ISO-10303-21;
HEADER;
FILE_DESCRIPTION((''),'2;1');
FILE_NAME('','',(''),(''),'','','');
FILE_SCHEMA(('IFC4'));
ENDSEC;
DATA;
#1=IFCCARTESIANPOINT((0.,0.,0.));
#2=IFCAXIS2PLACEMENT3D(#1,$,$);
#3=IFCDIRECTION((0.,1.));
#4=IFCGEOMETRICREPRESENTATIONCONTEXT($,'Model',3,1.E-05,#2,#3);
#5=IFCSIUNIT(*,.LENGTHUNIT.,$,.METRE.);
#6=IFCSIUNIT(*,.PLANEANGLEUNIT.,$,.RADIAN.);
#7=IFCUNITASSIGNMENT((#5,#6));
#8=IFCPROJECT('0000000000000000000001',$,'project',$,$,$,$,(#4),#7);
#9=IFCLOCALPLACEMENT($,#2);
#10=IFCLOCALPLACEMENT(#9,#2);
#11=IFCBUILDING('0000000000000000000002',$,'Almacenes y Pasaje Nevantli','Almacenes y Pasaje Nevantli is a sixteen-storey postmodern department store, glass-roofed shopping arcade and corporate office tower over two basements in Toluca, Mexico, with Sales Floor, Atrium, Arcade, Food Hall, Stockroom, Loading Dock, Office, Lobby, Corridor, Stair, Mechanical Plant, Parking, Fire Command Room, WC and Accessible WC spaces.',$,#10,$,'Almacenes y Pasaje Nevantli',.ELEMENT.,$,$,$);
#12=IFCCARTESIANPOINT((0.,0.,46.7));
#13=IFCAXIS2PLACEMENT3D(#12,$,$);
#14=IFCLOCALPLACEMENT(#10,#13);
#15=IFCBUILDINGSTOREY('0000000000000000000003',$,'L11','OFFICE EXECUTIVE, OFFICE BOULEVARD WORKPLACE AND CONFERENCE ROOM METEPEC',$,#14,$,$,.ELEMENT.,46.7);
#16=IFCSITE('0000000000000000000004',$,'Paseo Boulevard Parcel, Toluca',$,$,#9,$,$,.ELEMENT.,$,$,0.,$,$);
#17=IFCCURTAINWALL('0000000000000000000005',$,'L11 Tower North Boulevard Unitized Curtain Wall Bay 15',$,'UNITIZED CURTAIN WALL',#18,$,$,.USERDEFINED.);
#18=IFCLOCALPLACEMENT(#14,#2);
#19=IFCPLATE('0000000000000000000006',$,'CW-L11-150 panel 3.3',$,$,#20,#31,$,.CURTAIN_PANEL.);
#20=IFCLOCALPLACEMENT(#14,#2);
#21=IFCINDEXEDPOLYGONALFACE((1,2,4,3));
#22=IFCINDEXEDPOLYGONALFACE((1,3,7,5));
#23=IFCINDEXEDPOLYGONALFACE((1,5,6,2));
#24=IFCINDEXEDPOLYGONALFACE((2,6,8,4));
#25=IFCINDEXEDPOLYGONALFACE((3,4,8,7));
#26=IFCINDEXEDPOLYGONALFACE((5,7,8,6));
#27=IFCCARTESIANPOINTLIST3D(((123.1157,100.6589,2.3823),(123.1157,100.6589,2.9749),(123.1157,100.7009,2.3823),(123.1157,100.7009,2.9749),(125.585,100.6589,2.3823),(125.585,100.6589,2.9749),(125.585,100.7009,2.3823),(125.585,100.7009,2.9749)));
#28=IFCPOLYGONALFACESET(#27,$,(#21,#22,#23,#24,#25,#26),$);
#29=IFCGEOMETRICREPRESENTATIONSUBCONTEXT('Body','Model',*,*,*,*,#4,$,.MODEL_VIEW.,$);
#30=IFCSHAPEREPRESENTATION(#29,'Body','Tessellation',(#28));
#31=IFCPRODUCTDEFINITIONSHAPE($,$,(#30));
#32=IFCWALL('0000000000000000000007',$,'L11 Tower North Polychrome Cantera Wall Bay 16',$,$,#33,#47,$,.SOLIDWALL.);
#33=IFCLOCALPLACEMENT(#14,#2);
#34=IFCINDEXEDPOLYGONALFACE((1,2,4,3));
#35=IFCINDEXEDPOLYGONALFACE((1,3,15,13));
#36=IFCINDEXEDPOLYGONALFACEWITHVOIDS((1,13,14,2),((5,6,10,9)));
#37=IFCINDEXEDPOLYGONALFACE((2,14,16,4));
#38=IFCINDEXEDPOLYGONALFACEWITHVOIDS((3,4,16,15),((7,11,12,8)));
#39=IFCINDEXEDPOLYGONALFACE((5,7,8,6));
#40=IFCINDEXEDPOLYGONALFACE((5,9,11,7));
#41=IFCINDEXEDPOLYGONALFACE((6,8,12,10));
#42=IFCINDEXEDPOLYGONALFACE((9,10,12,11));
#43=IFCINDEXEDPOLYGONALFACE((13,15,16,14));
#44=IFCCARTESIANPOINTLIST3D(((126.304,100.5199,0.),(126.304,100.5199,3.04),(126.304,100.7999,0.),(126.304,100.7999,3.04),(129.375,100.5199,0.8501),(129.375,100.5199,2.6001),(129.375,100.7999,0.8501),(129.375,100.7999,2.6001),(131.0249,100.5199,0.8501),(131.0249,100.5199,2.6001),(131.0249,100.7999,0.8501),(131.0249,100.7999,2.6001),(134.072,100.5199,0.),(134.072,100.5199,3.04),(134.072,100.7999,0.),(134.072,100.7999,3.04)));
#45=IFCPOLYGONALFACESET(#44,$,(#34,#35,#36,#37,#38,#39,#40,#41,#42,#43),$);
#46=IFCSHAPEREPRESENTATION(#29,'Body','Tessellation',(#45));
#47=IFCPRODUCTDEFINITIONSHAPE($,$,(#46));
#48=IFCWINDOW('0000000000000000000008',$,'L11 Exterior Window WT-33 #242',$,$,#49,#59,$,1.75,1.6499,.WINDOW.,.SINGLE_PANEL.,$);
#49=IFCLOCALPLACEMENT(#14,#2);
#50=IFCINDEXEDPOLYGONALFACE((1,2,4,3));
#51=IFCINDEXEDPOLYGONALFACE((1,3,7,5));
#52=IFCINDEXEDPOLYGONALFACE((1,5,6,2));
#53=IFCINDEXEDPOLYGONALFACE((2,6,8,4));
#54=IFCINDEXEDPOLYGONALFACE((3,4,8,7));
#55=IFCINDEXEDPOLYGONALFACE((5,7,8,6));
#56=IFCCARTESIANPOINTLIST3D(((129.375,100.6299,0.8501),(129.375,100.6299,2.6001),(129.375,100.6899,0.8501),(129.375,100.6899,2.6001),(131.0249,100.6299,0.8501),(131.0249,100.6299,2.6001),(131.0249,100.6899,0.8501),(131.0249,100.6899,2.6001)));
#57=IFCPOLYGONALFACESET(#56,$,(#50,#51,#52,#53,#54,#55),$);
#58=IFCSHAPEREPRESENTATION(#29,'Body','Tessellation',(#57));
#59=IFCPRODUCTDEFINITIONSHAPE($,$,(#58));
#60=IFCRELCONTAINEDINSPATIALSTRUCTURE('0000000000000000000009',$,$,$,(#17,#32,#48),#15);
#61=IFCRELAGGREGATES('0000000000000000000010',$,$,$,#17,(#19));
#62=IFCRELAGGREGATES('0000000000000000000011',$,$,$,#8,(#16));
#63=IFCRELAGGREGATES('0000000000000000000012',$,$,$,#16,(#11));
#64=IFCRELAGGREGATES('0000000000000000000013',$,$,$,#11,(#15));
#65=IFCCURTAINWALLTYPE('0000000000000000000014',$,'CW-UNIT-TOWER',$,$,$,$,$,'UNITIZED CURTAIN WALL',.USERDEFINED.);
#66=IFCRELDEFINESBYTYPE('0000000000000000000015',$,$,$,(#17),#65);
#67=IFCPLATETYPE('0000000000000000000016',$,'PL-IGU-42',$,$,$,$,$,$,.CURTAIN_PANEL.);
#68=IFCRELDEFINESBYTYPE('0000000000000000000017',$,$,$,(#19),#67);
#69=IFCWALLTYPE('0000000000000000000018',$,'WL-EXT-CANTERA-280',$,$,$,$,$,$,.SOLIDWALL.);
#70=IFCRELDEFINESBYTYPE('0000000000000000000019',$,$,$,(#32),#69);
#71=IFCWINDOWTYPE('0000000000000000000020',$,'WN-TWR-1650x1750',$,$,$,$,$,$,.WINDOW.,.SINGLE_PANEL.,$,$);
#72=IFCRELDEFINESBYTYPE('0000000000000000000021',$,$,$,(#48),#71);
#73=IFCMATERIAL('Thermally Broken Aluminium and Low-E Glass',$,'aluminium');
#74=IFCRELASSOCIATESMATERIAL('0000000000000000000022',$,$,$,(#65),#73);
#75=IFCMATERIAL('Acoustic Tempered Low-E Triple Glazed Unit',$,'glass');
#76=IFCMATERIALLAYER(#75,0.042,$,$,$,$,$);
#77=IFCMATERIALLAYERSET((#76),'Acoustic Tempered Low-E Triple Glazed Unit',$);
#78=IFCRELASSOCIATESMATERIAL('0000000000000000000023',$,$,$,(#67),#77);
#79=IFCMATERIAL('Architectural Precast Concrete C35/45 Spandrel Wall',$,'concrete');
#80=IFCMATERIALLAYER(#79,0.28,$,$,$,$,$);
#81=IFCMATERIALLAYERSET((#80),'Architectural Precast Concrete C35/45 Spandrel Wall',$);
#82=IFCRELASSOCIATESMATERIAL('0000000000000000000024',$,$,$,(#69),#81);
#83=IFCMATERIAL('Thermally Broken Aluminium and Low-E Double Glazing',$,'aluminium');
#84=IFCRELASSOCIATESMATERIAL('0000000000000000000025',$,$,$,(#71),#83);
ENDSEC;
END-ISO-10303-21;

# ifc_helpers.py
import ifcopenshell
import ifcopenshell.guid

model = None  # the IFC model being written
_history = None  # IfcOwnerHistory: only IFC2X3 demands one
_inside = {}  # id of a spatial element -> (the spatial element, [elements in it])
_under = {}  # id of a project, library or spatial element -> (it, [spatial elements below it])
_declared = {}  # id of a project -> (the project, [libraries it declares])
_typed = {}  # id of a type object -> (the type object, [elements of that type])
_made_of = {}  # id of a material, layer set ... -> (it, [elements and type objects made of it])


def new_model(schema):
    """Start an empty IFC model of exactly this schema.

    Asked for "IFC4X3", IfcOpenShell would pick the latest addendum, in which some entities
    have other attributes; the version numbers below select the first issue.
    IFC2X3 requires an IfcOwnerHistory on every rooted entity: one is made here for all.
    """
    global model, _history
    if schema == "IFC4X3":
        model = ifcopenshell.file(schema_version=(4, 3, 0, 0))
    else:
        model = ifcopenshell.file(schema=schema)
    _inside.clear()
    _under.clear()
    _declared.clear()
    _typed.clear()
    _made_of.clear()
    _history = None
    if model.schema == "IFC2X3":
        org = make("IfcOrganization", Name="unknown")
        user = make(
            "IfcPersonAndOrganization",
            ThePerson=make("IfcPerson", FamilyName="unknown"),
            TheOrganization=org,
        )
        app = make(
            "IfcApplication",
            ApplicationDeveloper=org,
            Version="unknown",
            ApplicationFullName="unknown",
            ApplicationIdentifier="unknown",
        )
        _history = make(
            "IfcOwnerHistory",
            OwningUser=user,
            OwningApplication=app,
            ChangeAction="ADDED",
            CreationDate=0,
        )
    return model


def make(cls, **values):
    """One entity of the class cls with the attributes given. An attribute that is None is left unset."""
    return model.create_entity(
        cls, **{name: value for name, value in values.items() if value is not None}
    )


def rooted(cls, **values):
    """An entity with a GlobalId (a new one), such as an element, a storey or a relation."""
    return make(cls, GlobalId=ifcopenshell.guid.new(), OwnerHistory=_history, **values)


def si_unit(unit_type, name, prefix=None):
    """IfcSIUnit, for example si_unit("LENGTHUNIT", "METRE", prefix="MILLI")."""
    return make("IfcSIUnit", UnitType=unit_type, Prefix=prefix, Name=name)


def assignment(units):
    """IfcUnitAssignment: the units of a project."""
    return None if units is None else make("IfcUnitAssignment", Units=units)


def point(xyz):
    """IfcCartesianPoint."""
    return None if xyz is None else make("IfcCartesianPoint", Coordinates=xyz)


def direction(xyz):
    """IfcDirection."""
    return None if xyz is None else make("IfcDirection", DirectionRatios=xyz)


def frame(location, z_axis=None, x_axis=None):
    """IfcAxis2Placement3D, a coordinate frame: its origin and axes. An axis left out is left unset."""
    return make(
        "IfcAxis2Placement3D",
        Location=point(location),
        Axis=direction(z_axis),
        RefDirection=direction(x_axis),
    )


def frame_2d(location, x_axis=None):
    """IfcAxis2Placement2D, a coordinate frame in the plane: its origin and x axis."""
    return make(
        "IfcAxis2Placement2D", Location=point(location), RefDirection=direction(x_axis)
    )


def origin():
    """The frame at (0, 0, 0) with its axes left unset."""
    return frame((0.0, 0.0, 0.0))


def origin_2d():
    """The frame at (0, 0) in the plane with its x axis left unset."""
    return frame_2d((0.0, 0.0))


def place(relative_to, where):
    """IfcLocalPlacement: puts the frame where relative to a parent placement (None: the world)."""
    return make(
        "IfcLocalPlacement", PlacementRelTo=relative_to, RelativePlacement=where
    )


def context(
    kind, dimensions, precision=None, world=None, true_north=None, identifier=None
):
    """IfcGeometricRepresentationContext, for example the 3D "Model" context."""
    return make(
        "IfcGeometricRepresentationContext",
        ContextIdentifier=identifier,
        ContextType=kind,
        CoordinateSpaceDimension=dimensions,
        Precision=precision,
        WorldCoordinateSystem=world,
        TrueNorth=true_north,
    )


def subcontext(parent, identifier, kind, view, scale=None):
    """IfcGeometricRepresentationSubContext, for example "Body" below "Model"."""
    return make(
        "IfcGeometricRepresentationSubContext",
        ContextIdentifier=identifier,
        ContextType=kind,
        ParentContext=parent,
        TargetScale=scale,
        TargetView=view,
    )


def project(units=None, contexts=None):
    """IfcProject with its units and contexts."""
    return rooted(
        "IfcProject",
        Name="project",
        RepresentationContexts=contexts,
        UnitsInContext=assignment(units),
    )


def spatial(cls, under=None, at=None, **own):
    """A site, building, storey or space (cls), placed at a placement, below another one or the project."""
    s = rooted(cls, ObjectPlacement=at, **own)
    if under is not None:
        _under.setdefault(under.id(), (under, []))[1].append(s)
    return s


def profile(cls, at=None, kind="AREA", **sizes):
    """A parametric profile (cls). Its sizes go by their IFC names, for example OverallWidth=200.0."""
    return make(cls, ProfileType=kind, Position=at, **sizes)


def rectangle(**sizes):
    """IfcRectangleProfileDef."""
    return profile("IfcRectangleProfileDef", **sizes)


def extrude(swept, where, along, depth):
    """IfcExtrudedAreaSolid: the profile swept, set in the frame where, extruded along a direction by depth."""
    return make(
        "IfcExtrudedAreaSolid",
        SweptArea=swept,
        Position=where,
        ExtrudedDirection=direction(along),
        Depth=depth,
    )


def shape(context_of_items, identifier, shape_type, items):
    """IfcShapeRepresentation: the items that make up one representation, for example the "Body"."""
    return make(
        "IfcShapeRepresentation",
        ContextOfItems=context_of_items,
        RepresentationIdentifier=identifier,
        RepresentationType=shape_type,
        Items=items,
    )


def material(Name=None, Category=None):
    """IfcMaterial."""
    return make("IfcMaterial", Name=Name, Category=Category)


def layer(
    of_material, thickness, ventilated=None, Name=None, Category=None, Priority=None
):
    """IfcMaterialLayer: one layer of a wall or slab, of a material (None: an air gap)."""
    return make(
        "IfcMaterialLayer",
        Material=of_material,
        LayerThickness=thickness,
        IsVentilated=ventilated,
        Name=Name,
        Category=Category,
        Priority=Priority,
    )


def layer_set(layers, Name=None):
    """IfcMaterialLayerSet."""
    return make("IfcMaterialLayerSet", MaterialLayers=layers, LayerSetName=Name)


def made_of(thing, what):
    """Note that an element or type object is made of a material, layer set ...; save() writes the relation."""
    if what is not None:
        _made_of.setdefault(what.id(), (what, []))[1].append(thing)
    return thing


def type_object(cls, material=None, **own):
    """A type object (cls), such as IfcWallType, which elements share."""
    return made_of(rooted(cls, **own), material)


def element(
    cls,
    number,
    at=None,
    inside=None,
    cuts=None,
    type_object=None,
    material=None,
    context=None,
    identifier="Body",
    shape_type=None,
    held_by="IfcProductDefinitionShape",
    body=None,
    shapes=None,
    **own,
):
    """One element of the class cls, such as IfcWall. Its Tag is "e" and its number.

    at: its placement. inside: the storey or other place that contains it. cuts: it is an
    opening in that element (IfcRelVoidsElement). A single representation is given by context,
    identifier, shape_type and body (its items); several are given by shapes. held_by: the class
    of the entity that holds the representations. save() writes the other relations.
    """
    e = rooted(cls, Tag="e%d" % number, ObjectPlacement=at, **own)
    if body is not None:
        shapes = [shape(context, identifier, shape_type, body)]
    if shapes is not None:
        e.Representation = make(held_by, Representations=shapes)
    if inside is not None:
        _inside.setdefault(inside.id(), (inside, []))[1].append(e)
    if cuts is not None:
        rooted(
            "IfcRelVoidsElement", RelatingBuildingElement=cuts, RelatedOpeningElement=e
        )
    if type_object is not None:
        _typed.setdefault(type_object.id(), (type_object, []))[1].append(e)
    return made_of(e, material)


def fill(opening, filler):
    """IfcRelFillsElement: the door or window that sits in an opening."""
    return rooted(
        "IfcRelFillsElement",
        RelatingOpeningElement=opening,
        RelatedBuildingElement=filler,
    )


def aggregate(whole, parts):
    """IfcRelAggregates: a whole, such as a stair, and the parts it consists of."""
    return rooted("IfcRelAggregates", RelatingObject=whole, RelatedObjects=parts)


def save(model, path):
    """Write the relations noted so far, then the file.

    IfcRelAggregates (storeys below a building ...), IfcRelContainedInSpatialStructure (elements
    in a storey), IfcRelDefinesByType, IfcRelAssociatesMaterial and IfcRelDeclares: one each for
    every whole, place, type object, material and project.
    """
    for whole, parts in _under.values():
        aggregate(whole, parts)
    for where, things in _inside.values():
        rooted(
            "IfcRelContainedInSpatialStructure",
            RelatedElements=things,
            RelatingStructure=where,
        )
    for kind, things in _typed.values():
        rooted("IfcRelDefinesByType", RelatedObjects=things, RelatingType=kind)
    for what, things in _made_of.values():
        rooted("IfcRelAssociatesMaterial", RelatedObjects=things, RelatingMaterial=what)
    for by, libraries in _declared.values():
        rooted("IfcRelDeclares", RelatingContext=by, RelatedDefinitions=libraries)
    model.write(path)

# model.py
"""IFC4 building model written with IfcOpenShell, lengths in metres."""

from ifc_helpers import new_model, si_unit, direction, frame, frame_2d, origin, origin_2d, place, context, subcontext, project, spatial, rectangle, extrude, material, layer, layer_set, type_object, element, fill, aggregate, save


model = new_model("IFC4")

# Units and contexts
model_context = context("Model", 3, precision=1e-05, world=origin(), true_north=direction((0.0, 1.0)))
body_context = subcontext(model_context, "Body", "Model", "MODEL_VIEW")
ifc_project = project(units=[si_unit("LENGTHUNIT", "METRE"), si_unit("PLANEANGLEUNIT", "RADIAN")], contexts=[model_context])

# Site, building, storey
site_placement = place(None, origin())
site = spatial("IfcSite", under=ifc_project, at=site_placement, Name="Paseo Boulevard Parcel, Toluca", CompositionType="ELEMENT", RefElevation=0.0)
building_placement = place(site_placement, origin())
building = spatial("IfcBuilding", under=site, at=building_placement, Name="Almacenes y Pasaje Nevantli", Description="Almacenes y Pasaje Nevantli is a sixteen-storey postmodern department store, glass-roofed shopping arcade and corporate office tower over two basements in Toluca, Mexico, with Sales Floor, Atrium, Arcade, Food Hall, Stockroom, Loading Dock, Office, Lobby, Corridor, Stair, Mechanical Plant, Parking, Fire Command Room, WC and Accessible WC spaces.", LongName="Almacenes y Pasaje Nevantli", CompositionType="ELEMENT")
storey_placement = place(building_placement, frame((0.0, 0.0, 46.7)))
storey = spatial("IfcBuildingStorey", under=building, at=storey_placement, Name="L11", Description="OFFICE EXECUTIVE, OFFICE BOULEVARD WORKPLACE AND CONFERENCE ROOM METEPEC", CompositionType="ELEMENT", Elevation=46.7)

# Curtain wall, plate
ifc_material_1 = material(Name="Thermally Broken Aluminium and Low-E Glass", Category="aluminium")
curtain_wall_type = type_object("IfcCurtainWallType", Name="CW-UNIT-TOWER", ElementType="UNITIZED CURTAIN WALL", PredefinedType="USERDEFINED", material=ifc_material_1)
curtain_wall_placement = place(storey_placement, origin())
curtain_wall = element("IfcCurtainWall", 1, at=curtain_wall_placement, inside=storey, type_object=curtain_wall_type, Name="L11 Tower North Boulevard Unitized Curtain Wall Bay 15", ObjectType="UNITIZED CURTAIN WALL", PredefinedType="USERDEFINED")
ifc_material_2 = material(Name="Acoustic Tempered Low-E Triple Glazed Unit", Category="glass")
ifc_layer_1 = layer(ifc_material_2, 0.042)
ifc_layer_set_1 = layer_set([ifc_layer_1], Name="Acoustic Tempered Low-E Triple Glazed Unit")
plate_type = type_object("IfcPlateType", Name="PL-IGU-42", PredefinedType="CURTAIN_PANEL", material=ifc_layer_set_1)
plate_1_placement = place(storey_placement, frame((124.3503, 100.6799, 2.3823), z_axis=(0.0, 0.0, 1.0), x_axis=(1.0, 0.0, 0.0)))
plate_1 = element("IfcPlate", 2, at=plate_1_placement, type_object=plate_type, Name="CW-L11-150 panel 3.3", PredefinedType="CURTAIN_PANEL", context=body_context, shape_type="SweptSolid", body=[
    extrude(rectangle(XDim=2.4692, YDim=0.042, at=origin_2d()), origin(), (0.0, 0.0, 1.0), 0.5925),
])
aggregate(curtain_wall, [plate_1])

# Wall, opening, window
ifc_material_3 = material(Name="Architectural Precast Concrete C35/45 Spandrel Wall", Category="concrete")
ifc_layer_2 = layer(ifc_material_3, 0.28)
ifc_layer_set_2 = layer_set([ifc_layer_2], Name="Architectural Precast Concrete C35/45 Spandrel Wall")
wall_type = type_object("IfcWallType", Name="WL-EXT-CANTERA-280", PredefinedType="SOLIDWALL", material=ifc_layer_set_2)
wall_placement = place(storey_placement, frame((126.304, 100.6599, 0.0), z_axis=(0.0, 0.0, 1.0), x_axis=(1.0, 0.0, 0.0)))
wall = element("IfcWall", 3, at=wall_placement, inside=storey, type_object=wall_type, Name="L11 Tower North Polychrome Cantera Wall Bay 16", PredefinedType="SOLIDWALL", context=body_context, shape_type="SweptSolid", body=[
    extrude(rectangle(XDim=7.7681, YDim=0.28, at=frame_2d((3.884, 0.0))), origin(), (0.0, 0.0, 1.0), 3.04),
])
opening_placement = place(wall_placement, frame((3.071, 0.0, 0.8501)))
opening = element("IfcOpeningElement", 4, at=opening_placement, cuts=wall, PredefinedType="OPENING", context=body_context, shape_type="SweptSolid", body=[
    extrude(rectangle(XDim=1.6499, YDim=1.75, at=frame_2d((0.825, 0.875))), frame((0.0, 0.1499, 0.0), z_axis=(0.0, -1.0, 0.0), x_axis=(1.0, 0.0, 0.0)), (0.0, 0.0, 1.0), 0.3),
])
ifc_material_4 = material(Name="Thermally Broken Aluminium and Low-E Double Glazing", Category="aluminium")
window_type = type_object("IfcWindowType", Name="WN-TWR-1650x1750", PartitioningType="SINGLE_PANEL", PredefinedType="WINDOW", material=ifc_material_4)
window_placement = place(opening_placement, origin())
window = element("IfcWindow", 5, at=window_placement, inside=storey, type_object=window_type, Name="L11 Exterior Window WT-33 #242", OverallHeight=1.75, OverallWidth=1.6499, PartitioningType="SINGLE_PANEL", PredefinedType="WINDOW", context=body_context, shape_type="SweptSolid", body=[
    extrude(rectangle(XDim=1.6499, YDim=1.75, at=frame_2d((0.825, 0.875))), frame((0.0, 0.03, 0.0), z_axis=(0.0, -1.0, 0.0), x_axis=(1.0, 0.0, 0.0)), (0.0, 0.0, 1.0), 0.0601),
])
fill(opening, window)

save(model, "model.ifc")
